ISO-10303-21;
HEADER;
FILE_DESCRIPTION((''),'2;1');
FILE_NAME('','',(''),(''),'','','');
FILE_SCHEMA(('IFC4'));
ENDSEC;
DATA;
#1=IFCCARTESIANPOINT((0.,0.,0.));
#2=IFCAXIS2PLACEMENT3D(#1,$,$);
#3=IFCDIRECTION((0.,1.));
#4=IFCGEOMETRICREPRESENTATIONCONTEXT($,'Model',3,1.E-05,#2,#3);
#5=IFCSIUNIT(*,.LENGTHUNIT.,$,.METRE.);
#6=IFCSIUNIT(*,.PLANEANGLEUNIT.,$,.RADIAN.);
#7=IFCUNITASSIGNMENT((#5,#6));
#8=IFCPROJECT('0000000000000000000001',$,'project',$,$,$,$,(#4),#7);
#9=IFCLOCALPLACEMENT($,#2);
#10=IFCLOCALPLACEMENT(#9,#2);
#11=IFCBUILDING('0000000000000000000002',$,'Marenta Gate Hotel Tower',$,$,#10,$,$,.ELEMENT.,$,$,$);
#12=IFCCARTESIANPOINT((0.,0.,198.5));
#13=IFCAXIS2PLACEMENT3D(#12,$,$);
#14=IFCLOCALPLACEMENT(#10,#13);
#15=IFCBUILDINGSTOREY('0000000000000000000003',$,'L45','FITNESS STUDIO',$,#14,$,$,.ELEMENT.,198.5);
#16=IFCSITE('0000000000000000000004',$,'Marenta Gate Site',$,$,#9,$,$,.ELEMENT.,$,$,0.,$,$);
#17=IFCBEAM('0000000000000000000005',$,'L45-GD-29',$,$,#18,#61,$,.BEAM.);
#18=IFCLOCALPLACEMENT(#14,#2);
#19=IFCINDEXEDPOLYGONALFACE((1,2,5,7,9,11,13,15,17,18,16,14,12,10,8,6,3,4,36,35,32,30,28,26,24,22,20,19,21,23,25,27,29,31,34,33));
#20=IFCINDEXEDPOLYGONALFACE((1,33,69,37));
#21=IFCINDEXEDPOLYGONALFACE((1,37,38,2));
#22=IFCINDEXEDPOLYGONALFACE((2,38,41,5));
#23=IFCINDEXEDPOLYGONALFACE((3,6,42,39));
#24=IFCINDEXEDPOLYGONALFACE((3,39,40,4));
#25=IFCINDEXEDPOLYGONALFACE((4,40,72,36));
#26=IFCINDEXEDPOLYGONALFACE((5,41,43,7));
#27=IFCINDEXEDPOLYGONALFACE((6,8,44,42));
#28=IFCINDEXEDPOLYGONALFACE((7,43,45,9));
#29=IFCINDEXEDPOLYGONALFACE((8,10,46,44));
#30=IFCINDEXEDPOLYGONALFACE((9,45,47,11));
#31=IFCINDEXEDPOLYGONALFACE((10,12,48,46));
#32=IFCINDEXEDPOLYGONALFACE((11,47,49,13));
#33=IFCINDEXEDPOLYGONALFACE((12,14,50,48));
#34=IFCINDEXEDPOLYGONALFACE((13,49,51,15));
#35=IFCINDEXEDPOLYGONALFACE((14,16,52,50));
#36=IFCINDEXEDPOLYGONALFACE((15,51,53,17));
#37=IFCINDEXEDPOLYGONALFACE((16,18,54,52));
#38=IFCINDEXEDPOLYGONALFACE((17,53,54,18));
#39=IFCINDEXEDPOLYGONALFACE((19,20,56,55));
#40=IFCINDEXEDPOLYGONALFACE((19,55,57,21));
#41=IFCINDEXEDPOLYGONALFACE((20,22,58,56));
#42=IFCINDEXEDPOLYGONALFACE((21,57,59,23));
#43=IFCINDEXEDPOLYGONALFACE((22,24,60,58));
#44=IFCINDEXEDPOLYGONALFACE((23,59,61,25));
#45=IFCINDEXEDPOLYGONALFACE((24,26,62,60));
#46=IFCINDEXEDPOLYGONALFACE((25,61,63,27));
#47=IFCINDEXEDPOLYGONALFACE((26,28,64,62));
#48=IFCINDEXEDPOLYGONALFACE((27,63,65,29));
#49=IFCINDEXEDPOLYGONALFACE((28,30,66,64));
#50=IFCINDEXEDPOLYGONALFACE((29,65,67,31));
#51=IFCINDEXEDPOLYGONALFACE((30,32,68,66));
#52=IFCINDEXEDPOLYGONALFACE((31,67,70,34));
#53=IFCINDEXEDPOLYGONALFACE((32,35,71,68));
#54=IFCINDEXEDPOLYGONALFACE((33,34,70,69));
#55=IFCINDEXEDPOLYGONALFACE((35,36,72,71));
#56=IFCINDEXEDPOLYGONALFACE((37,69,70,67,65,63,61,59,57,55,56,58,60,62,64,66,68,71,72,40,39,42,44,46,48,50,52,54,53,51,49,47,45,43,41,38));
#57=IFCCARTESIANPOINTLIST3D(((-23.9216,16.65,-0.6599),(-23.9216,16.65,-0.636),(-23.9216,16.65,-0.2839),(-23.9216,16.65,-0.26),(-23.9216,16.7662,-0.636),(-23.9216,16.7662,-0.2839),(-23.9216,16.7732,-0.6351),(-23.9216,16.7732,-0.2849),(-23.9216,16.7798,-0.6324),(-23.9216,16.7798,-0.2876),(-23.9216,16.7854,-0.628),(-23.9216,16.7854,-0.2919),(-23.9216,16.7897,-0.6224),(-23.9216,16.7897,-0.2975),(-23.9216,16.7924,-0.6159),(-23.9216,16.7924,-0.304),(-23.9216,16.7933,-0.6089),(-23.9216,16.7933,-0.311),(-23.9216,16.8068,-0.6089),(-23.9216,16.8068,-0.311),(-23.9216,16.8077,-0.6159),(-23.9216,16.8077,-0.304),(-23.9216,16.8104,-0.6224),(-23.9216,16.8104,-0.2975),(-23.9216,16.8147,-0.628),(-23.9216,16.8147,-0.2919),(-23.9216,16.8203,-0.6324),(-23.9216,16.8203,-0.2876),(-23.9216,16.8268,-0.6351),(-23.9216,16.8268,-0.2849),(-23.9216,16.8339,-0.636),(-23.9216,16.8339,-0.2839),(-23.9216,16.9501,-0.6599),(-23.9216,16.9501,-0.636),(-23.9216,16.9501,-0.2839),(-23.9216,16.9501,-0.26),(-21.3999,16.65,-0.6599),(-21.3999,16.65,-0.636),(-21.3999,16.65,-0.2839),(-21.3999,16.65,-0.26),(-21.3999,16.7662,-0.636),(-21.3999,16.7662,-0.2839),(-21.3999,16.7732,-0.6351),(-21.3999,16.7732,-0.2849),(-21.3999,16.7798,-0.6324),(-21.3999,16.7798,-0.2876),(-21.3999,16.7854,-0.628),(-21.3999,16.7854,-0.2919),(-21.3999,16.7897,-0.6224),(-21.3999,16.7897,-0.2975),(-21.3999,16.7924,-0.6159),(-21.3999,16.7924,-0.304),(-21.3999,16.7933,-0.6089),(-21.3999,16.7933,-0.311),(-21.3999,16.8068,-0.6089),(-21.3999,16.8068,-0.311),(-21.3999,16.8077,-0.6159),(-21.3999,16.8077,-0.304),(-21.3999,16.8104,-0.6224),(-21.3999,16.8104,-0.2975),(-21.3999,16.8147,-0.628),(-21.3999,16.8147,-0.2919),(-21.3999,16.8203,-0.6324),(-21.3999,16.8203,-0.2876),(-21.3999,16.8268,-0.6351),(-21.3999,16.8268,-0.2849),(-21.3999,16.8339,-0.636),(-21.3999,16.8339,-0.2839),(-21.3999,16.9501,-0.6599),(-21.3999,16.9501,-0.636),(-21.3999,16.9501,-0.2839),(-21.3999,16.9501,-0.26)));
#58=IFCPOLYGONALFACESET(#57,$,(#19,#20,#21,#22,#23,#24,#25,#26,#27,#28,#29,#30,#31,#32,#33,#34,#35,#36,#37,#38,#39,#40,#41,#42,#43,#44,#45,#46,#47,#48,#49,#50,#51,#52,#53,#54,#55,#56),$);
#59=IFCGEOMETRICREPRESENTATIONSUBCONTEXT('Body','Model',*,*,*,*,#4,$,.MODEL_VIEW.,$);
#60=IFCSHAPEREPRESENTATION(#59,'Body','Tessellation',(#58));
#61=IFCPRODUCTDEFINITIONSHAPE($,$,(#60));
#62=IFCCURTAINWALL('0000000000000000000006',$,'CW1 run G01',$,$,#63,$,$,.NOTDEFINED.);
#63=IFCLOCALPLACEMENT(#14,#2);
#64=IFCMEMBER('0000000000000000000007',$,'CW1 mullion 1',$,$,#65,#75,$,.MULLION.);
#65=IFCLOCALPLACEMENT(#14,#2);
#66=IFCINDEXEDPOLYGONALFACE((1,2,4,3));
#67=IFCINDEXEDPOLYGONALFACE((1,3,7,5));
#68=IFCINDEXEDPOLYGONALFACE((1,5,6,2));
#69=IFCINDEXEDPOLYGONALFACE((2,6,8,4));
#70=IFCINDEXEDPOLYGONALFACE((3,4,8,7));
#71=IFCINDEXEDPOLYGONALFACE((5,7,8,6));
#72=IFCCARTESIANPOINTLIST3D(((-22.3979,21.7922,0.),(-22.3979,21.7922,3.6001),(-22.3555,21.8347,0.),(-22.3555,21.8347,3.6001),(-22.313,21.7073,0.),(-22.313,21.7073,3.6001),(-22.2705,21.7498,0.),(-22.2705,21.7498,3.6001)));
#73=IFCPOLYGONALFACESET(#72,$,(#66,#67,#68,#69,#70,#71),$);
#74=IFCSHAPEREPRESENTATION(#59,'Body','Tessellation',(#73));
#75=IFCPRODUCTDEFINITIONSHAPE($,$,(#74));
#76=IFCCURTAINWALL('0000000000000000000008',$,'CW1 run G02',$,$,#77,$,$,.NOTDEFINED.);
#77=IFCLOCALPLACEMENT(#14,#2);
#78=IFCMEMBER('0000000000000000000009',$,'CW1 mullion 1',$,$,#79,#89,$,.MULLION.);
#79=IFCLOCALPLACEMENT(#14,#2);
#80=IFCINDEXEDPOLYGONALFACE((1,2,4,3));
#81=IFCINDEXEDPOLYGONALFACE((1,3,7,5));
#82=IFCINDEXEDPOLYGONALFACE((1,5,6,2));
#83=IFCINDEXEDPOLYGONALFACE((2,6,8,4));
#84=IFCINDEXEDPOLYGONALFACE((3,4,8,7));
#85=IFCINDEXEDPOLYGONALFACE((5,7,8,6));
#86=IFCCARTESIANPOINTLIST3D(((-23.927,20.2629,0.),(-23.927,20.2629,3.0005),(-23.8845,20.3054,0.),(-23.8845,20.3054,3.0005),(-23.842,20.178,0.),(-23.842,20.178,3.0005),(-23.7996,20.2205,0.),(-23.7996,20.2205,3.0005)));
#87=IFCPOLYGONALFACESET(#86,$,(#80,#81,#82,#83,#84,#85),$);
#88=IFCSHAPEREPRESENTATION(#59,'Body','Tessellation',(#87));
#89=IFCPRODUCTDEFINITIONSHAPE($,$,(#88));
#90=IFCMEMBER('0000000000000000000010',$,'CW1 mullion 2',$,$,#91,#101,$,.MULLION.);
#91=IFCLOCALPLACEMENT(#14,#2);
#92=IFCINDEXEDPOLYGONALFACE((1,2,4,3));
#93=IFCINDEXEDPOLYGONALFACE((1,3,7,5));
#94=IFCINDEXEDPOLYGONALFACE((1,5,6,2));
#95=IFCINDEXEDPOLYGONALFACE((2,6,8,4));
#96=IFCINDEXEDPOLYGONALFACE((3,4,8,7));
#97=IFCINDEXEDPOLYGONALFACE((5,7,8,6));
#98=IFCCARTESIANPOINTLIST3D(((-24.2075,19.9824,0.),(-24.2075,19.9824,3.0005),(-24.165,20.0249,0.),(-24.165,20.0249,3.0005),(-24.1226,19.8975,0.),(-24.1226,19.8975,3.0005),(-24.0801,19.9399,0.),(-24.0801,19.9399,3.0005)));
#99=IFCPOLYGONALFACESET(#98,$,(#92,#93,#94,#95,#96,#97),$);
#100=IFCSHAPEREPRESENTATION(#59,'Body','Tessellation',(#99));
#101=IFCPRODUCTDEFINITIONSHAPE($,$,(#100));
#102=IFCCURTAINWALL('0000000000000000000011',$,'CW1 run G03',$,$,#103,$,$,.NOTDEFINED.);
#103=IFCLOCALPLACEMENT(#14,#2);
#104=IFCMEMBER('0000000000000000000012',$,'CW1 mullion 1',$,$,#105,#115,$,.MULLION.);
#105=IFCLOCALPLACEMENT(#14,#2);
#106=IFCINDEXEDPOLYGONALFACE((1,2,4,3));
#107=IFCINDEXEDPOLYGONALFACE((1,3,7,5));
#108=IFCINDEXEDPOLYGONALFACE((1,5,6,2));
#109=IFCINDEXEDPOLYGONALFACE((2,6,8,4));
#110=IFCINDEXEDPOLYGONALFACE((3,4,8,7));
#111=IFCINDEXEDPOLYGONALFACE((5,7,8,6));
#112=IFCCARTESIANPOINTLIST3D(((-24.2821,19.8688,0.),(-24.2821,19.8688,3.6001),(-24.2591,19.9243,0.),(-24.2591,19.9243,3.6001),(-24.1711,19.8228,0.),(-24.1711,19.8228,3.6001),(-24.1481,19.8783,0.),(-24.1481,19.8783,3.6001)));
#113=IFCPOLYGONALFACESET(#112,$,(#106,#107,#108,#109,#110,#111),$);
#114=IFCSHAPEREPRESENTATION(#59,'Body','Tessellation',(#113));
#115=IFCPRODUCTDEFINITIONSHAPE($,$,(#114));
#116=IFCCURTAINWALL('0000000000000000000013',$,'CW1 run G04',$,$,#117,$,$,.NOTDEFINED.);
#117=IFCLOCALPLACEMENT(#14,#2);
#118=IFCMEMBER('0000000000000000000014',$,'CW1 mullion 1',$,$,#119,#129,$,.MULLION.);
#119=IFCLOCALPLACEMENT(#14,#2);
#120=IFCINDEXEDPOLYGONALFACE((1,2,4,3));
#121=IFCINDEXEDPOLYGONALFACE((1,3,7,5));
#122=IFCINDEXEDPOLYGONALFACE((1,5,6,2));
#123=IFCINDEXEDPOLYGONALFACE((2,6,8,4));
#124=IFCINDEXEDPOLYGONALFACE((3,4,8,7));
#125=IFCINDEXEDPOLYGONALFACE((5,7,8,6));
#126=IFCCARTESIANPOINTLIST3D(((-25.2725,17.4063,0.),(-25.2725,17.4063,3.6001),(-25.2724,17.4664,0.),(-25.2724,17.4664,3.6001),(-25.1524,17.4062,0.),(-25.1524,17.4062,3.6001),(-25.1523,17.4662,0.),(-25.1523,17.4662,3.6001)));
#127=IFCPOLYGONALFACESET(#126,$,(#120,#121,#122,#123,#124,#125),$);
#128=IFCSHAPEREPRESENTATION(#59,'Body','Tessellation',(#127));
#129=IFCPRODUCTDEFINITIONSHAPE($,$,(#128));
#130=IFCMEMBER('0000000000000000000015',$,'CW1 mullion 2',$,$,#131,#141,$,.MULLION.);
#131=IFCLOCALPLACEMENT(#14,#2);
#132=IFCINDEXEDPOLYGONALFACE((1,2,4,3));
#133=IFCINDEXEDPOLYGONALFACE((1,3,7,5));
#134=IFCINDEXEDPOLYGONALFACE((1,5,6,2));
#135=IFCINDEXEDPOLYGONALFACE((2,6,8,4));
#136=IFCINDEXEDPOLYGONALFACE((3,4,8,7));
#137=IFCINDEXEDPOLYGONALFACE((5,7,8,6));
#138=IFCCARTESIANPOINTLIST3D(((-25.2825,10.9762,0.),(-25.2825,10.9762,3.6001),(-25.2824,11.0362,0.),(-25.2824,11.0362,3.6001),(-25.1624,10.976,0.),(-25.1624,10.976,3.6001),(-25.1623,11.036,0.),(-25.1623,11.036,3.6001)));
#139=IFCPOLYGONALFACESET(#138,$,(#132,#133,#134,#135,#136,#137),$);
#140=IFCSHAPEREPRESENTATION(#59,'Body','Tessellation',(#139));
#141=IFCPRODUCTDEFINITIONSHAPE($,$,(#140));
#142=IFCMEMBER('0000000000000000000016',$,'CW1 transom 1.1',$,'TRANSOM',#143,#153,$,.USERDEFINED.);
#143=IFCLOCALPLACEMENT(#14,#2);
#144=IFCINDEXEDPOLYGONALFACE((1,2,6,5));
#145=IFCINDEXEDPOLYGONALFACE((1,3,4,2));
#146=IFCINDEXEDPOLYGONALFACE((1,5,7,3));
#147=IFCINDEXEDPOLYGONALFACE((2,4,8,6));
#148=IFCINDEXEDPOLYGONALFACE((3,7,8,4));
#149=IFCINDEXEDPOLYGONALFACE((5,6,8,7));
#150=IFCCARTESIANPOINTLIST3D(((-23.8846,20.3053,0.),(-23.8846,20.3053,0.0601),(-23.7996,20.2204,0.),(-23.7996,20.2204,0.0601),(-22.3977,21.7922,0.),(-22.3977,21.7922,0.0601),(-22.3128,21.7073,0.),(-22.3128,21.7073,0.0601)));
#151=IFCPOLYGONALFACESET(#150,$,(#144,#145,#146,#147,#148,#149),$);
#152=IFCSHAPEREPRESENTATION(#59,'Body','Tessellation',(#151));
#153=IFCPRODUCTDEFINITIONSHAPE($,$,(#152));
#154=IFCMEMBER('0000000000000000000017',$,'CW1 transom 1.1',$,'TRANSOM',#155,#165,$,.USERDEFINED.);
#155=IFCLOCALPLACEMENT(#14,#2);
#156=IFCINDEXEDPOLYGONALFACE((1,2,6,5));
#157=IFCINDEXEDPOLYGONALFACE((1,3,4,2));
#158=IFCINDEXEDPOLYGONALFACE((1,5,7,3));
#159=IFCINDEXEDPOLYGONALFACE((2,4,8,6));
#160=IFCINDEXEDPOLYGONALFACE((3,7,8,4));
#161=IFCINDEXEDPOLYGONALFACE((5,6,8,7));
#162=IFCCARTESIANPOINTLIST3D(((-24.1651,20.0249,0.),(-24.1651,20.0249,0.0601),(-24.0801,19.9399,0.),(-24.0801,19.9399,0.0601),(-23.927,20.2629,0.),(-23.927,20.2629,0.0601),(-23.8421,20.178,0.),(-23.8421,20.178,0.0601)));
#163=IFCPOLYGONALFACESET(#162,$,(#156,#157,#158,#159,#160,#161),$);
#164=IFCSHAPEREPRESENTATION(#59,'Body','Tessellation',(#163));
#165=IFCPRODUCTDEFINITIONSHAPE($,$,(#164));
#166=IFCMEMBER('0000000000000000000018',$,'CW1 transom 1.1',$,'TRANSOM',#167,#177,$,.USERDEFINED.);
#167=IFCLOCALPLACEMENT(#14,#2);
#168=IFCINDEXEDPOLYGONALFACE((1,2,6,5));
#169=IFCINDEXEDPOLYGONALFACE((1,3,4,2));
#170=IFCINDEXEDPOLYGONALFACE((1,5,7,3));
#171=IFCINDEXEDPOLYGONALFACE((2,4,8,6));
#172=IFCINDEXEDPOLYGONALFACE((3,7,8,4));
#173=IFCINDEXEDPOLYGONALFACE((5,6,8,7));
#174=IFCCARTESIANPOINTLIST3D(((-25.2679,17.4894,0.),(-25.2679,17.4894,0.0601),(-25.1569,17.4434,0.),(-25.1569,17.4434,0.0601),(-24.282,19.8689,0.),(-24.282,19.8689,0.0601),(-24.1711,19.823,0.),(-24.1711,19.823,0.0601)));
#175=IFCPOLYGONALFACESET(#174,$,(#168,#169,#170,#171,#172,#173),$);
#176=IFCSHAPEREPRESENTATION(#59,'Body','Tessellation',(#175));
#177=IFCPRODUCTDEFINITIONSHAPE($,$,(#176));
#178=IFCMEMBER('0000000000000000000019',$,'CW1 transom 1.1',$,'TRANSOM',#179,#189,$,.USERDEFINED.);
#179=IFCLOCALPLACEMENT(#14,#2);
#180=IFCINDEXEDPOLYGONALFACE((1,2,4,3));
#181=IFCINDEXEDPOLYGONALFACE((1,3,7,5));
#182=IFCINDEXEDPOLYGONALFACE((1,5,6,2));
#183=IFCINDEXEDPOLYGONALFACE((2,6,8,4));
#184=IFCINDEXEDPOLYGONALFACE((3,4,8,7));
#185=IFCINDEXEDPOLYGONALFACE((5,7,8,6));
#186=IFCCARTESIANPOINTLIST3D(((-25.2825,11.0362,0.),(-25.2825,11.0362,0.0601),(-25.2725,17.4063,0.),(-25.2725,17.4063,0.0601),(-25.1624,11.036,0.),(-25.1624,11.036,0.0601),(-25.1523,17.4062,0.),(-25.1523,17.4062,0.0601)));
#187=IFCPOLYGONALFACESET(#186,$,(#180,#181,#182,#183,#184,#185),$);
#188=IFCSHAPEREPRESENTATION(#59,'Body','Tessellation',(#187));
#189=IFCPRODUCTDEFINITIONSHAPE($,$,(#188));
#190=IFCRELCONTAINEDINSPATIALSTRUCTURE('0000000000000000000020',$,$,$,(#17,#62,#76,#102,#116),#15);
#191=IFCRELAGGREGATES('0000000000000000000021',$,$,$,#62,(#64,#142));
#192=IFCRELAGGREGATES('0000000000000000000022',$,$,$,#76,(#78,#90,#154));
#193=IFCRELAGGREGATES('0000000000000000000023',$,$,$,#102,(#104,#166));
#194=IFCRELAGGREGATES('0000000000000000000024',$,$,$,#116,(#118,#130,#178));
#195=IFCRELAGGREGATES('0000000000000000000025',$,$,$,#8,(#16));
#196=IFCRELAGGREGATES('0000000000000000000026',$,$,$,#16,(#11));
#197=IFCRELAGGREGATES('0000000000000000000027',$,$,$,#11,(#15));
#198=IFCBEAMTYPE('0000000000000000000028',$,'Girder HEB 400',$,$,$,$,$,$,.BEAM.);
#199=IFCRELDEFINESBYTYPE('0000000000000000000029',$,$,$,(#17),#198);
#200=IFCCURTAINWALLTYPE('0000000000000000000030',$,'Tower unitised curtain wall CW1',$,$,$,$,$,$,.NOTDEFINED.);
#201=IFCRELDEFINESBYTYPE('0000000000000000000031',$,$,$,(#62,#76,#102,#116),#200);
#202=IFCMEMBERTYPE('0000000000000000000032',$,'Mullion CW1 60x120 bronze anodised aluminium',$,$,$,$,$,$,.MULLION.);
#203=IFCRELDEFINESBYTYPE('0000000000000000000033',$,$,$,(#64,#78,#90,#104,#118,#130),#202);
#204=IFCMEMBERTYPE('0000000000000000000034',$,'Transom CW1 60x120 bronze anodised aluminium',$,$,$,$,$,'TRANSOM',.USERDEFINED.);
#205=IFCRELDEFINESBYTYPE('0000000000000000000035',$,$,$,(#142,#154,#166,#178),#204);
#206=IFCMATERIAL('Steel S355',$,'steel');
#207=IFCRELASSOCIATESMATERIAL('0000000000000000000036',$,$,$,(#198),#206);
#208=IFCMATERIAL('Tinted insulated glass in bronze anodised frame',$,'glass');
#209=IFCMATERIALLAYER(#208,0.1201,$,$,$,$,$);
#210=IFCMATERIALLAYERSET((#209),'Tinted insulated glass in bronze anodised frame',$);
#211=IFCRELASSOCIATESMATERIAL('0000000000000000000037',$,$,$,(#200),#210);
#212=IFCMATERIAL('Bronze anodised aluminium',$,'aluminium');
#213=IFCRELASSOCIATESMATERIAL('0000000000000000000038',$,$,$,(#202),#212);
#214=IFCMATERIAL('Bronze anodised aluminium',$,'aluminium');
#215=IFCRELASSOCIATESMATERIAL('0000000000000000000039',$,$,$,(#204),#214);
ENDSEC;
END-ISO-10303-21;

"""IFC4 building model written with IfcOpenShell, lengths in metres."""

from ifc_helpers import new_model, si_unit, direction, frame, origin, origin_2d, place, context, subcontext, project, spatial, rectangle, i_section, extrude, material, layer, layer_set, material_profile, profile_set, type_object, element, aggregate, save


model = new_model("IFC4")

# Units and contexts
model_context = context("Model", 3, precision=1e-05, world=origin(), true_north=direction((0.0, 1.0)))
body_context = subcontext(model_context, "Body", "Model", "MODEL_VIEW")
ifc_project = project(units=[si_unit("LENGTHUNIT", "METRE"), si_unit("PLANEANGLEUNIT", "RADIAN")], contexts=[model_context])

# Site, building, storey
site_placement = place(None, origin())
site = spatial("IfcSite", under=ifc_project, at=site_placement, Name="Marenta Gate Site", CompositionType="ELEMENT", RefElevation=0.0)
building_placement = place(site_placement, origin())
building = spatial("IfcBuilding", under=site, at=building_placement, Name="Marenta Gate Hotel Tower", CompositionType="ELEMENT")
storey_placement = place(building_placement, frame((0.0, 0.0, 198.5)))
storey = spatial("IfcBuildingStorey", under=building, at=storey_placement, Name="L45", Description="FITNESS STUDIO", CompositionType="ELEMENT", Elevation=198.5)

# Beam
ifc_material_1 = material(Name="Steel S355", Category="steel")
ifc_material_profile_1 = material_profile(ifc_material_1, i_section(OverallWidth=0.3, OverallDepth=0.3999, WebThickness=0.0134, FlangeThickness=0.0239, FilletRadius=0.0271, at=origin_2d()), Name="HEB 400")
ifc_profile_set_1 = profile_set([ifc_material_profile_1], Name="Steel S355")
beam_type_1 = type_object("IfcBeamType", Name="Girder HEB 400", PredefinedType="BEAM", material=ifc_profile_set_1)
beam_1_placement = place(storey_placement, frame((-23.9216, 16.8, -0.46), z_axis=(1.0, 0.0, 0.0), x_axis=(0.0, 1.0, 0.0)))
element("IfcBeam", 1, at=beam_1_placement, inside=storey, type_object=beam_type_1, Name="L45-GD-29", PredefinedType="BEAM", context=body_context, shape_type="SweptSolid", body=[
    extrude(i_section(OverallWidth=0.3, OverallDepth=0.3999, WebThickness=0.0134, FlangeThickness=0.0239, FilletRadius=0.0271, at=origin_2d()), origin(), (0.0, 0.0, 1.0), 2.5217),
])

# Curtain wall, member
ifc_material_2 = material(Name="Tinted insulated glass in bronze anodised frame", Category="glass")
ifc_layer_1 = layer(ifc_material_2, 0.1201)
ifc_layer_set_1 = layer_set([ifc_layer_1], Name="Tinted insulated glass in bronze anodised frame")
curtain_wall_type = type_object("IfcCurtainWallType", Name="Tower unitised curtain wall CW1", PredefinedType="NOTDEFINED", material=ifc_layer_set_1)
curtain_wall_1_placement = place(storey_placement, origin())
curtain_wall_1 = element("IfcCurtainWall", 2, at=curtain_wall_1_placement, inside=storey, type_object=curtain_wall_type, Name="CW1 run G01", PredefinedType="NOTDEFINED")
ifc_material_3 = material(Name="Bronze anodised aluminium", Category="aluminium")
ifc_material_profile_2 = material_profile(ifc_material_3, rectangle(XDim=0.1201, YDim=0.0601, at=origin_2d()), Name="Mullion CW1 60x120 bronze anodised aluminium")
ifc_profile_set_2 = profile_set([ifc_material_profile_2], Name="Bronze anodised aluminium")
member_type_1 = type_object("IfcMemberType", Name="Mullion CW1 60x120 bronze anodised aluminium", PredefinedType="MULLION", material=ifc_profile_set_2)
member_1_placement = place(storey_placement, frame((-22.3342, 21.771, 0.0), z_axis=(0.0, 0.0, 1.0), x_axis=(0.707107, -0.707107, 0.0)))
member_1 = element("IfcMember", 3, at=member_1_placement, type_object=member_type_1, Name="CW1 mullion 1", PredefinedType="MULLION", context=body_context, shape_type="SweptSolid", body=[
    extrude(rectangle(XDim=0.1201, YDim=0.0601, at=origin_2d()), origin(), (0.0, 0.0, 1.0), 3.6001),
])

# Curtain wall, members
curtain_wall_2_placement = place(storey_placement, origin())
curtain_wall_2 = element("IfcCurtainWall", 4, at=curtain_wall_2_placement, inside=storey, type_object=curtain_wall_type, Name="CW1 run G02", PredefinedType="NOTDEFINED")
member_2_placement = place(storey_placement, frame((-23.8633, 20.2417, 0.0), z_axis=(0.0, 0.0, 1.0), x_axis=(0.707107, -0.707107, 0.0)))
member_2 = element("IfcMember", 5, at=member_2_placement, type_object=member_type_1, Name="CW1 mullion 1", PredefinedType="MULLION", context=body_context, shape_type="SweptSolid", body=[
    extrude(rectangle(XDim=0.1201, YDim=0.0601, at=origin_2d()), origin(), (0.0, 0.0, 1.0), 3.0005),
])
member_3_placement = place(storey_placement, frame((-24.1438, 19.9612, 0.0), z_axis=(0.0, 0.0, 1.0), x_axis=(0.707107, -0.707107, 0.0)))
member_3 = element("IfcMember", 6, at=member_3_placement, type_object=member_type_1, Name="CW1 mullion 2", PredefinedType="MULLION", context=body_context, shape_type="SweptSolid", body=[
    extrude(rectangle(XDim=0.1201, YDim=0.0601, at=origin_2d()), origin(), (0.0, 0.0, 1.0), 3.0005),
])

# Curtain wall, member
curtain_wall_3_placement = place(storey_placement, origin())
curtain_wall_3 = element("IfcCurtainWall", 7, at=curtain_wall_3_placement, inside=storey, type_object=curtain_wall_type, Name="CW1 run G03", PredefinedType="NOTDEFINED")
member_4_placement = place(storey_placement, frame((-24.2151, 19.8735, 0.0), z_axis=(0.0, 0.0, 1.0), x_axis=(0.923886, -0.382667, 0.0)))
member_4 = element("IfcMember", 8, at=member_4_placement, type_object=member_type_1, Name="CW1 mullion 1", PredefinedType="MULLION", context=body_context, shape_type="SweptSolid", body=[
    extrude(rectangle(XDim=0.1201, YDim=0.0601, at=origin_2d()), origin(), (0.0, 0.0, 1.0), 3.6001),
])

# Curtain wall, members
curtain_wall_4_placement = place(storey_placement, origin())
curtain_wall_4 = element("IfcCurtainWall", 9, at=curtain_wall_4_placement, inside=storey, type_object=curtain_wall_type, Name="CW1 run G04", PredefinedType="NOTDEFINED")
member_5_placement = place(storey_placement, frame((-25.2124, 17.4363, 0.0), z_axis=(0.0, 0.0, 1.0), x_axis=(0.999999, -0.001566, 0.0)))
member_5 = element("IfcMember", 10, at=member_5_placement, type_object=member_type_1, Name="CW1 mullion 1", PredefinedType="MULLION", context=body_context, shape_type="SweptSolid", body=[
    extrude(rectangle(XDim=0.1201, YDim=0.0601, at=origin_2d()), origin(), (0.0, 0.0, 1.0), 3.6001),
])
member_6_placement = place(storey_placement, frame((-25.2224, 11.0061, 0.0), z_axis=(0.0, 0.0, 1.0), x_axis=(0.999999, -0.001566, 0.0)))
member_6 = element("IfcMember", 11, at=member_6_placement, type_object=member_type_1, Name="CW1 mullion 2", PredefinedType="MULLION", context=body_context, shape_type="SweptSolid", body=[
    extrude(rectangle(XDim=0.1201, YDim=0.0601, at=origin_2d()), origin(), (0.0, 0.0, 1.0), 3.6001),
])

# Members
ifc_material_4 = material(Name="Bronze anodised aluminium", Category="aluminium")
ifc_material_profile_3 = material_profile(ifc_material_4, rectangle(XDim=0.1201, YDim=0.0601, at=origin_2d()), Name="Transom CW1 60x120 bronze anodised aluminium")
ifc_profile_set_3 = profile_set([ifc_material_profile_3], Name="Bronze anodised aluminium")
member_type_2 = type_object("IfcMemberType", Name="Transom CW1 60x120 bronze anodised aluminium", ElementType="TRANSOM", PredefinedType="USERDEFINED", material=ifc_profile_set_3)
member_7_placement = place(storey_placement, frame((-22.3552, 21.7498, 0.03), z_axis=(-0.707107, -0.707107, 0.0), x_axis=(0.707107, -0.707107, 0.0)))
member_7 = element("IfcMember", 12, at=member_7_placement, type_object=member_type_2, Name="CW1 transom 1.1", ObjectType="TRANSOM", PredefinedType="USERDEFINED", context=body_context, shape_type="SweptSolid", body=[
    extrude(rectangle(XDim=0.1201, YDim=0.0601, at=origin_2d()), origin(), (0.0, 0.0, 1.0), 2.1028),
])
member_8_placement = place(storey_placement, frame((-23.8845, 20.2205, 0.03), z_axis=(-0.707107, -0.707107, 0.0), x_axis=(0.707107, -0.707107, 0.0)))
member_8 = element("IfcMember", 13, at=member_8_placement, type_object=member_type_2, Name="CW1 transom 1.1", ObjectType="TRANSOM", PredefinedType="USERDEFINED", context=body_context, shape_type="SweptSolid", body=[
    extrude(rectangle(XDim=0.1201, YDim=0.0601, at=origin_2d()), origin(), (0.0, 0.0, 1.0), 0.3367),
])
member_9_placement = place(storey_placement, frame((-24.2266, 19.8459, 0.03), z_axis=(-0.382737, -0.923857, 0.0), x_axis=(0.923857, -0.382737, 0.0)))
member_9 = element("IfcMember", 14, at=member_9_placement, type_object=member_type_2, Name="CW1 transom 1.1", ObjectType="TRANSOM", PredefinedType="USERDEFINED", context=body_context, shape_type="SweptSolid", body=[
    extrude(rectangle(XDim=0.1201, YDim=0.0601, at=origin_2d()), origin(), (0.0, 0.0, 1.0), 2.5757),
])
member_10_placement = place(storey_placement, frame((-25.2124, 17.4062, 0.03), z_axis=(-0.001571, -0.999999, 0.0), x_axis=(0.999999, -0.001571, 0.0)))
member_10 = element("IfcMember", 15, at=member_10_placement, type_object=member_type_2, Name="CW1 transom 1.1", ObjectType="TRANSOM", PredefinedType="USERDEFINED", context=body_context, shape_type="SweptSolid", body=[
    extrude(rectangle(XDim=0.1201, YDim=0.0601, at=origin_2d()), origin(), (0.0, 0.0, 1.0), 6.3701),
])

aggregate(curtain_wall_1, [member_1, member_7])
aggregate(curtain_wall_2, [member_2, member_3, member_8])
aggregate(curtain_wall_3, [member_4, member_9])
aggregate(curtain_wall_4, [member_5, member_6, member_10])

save(model, "model.ifc")
